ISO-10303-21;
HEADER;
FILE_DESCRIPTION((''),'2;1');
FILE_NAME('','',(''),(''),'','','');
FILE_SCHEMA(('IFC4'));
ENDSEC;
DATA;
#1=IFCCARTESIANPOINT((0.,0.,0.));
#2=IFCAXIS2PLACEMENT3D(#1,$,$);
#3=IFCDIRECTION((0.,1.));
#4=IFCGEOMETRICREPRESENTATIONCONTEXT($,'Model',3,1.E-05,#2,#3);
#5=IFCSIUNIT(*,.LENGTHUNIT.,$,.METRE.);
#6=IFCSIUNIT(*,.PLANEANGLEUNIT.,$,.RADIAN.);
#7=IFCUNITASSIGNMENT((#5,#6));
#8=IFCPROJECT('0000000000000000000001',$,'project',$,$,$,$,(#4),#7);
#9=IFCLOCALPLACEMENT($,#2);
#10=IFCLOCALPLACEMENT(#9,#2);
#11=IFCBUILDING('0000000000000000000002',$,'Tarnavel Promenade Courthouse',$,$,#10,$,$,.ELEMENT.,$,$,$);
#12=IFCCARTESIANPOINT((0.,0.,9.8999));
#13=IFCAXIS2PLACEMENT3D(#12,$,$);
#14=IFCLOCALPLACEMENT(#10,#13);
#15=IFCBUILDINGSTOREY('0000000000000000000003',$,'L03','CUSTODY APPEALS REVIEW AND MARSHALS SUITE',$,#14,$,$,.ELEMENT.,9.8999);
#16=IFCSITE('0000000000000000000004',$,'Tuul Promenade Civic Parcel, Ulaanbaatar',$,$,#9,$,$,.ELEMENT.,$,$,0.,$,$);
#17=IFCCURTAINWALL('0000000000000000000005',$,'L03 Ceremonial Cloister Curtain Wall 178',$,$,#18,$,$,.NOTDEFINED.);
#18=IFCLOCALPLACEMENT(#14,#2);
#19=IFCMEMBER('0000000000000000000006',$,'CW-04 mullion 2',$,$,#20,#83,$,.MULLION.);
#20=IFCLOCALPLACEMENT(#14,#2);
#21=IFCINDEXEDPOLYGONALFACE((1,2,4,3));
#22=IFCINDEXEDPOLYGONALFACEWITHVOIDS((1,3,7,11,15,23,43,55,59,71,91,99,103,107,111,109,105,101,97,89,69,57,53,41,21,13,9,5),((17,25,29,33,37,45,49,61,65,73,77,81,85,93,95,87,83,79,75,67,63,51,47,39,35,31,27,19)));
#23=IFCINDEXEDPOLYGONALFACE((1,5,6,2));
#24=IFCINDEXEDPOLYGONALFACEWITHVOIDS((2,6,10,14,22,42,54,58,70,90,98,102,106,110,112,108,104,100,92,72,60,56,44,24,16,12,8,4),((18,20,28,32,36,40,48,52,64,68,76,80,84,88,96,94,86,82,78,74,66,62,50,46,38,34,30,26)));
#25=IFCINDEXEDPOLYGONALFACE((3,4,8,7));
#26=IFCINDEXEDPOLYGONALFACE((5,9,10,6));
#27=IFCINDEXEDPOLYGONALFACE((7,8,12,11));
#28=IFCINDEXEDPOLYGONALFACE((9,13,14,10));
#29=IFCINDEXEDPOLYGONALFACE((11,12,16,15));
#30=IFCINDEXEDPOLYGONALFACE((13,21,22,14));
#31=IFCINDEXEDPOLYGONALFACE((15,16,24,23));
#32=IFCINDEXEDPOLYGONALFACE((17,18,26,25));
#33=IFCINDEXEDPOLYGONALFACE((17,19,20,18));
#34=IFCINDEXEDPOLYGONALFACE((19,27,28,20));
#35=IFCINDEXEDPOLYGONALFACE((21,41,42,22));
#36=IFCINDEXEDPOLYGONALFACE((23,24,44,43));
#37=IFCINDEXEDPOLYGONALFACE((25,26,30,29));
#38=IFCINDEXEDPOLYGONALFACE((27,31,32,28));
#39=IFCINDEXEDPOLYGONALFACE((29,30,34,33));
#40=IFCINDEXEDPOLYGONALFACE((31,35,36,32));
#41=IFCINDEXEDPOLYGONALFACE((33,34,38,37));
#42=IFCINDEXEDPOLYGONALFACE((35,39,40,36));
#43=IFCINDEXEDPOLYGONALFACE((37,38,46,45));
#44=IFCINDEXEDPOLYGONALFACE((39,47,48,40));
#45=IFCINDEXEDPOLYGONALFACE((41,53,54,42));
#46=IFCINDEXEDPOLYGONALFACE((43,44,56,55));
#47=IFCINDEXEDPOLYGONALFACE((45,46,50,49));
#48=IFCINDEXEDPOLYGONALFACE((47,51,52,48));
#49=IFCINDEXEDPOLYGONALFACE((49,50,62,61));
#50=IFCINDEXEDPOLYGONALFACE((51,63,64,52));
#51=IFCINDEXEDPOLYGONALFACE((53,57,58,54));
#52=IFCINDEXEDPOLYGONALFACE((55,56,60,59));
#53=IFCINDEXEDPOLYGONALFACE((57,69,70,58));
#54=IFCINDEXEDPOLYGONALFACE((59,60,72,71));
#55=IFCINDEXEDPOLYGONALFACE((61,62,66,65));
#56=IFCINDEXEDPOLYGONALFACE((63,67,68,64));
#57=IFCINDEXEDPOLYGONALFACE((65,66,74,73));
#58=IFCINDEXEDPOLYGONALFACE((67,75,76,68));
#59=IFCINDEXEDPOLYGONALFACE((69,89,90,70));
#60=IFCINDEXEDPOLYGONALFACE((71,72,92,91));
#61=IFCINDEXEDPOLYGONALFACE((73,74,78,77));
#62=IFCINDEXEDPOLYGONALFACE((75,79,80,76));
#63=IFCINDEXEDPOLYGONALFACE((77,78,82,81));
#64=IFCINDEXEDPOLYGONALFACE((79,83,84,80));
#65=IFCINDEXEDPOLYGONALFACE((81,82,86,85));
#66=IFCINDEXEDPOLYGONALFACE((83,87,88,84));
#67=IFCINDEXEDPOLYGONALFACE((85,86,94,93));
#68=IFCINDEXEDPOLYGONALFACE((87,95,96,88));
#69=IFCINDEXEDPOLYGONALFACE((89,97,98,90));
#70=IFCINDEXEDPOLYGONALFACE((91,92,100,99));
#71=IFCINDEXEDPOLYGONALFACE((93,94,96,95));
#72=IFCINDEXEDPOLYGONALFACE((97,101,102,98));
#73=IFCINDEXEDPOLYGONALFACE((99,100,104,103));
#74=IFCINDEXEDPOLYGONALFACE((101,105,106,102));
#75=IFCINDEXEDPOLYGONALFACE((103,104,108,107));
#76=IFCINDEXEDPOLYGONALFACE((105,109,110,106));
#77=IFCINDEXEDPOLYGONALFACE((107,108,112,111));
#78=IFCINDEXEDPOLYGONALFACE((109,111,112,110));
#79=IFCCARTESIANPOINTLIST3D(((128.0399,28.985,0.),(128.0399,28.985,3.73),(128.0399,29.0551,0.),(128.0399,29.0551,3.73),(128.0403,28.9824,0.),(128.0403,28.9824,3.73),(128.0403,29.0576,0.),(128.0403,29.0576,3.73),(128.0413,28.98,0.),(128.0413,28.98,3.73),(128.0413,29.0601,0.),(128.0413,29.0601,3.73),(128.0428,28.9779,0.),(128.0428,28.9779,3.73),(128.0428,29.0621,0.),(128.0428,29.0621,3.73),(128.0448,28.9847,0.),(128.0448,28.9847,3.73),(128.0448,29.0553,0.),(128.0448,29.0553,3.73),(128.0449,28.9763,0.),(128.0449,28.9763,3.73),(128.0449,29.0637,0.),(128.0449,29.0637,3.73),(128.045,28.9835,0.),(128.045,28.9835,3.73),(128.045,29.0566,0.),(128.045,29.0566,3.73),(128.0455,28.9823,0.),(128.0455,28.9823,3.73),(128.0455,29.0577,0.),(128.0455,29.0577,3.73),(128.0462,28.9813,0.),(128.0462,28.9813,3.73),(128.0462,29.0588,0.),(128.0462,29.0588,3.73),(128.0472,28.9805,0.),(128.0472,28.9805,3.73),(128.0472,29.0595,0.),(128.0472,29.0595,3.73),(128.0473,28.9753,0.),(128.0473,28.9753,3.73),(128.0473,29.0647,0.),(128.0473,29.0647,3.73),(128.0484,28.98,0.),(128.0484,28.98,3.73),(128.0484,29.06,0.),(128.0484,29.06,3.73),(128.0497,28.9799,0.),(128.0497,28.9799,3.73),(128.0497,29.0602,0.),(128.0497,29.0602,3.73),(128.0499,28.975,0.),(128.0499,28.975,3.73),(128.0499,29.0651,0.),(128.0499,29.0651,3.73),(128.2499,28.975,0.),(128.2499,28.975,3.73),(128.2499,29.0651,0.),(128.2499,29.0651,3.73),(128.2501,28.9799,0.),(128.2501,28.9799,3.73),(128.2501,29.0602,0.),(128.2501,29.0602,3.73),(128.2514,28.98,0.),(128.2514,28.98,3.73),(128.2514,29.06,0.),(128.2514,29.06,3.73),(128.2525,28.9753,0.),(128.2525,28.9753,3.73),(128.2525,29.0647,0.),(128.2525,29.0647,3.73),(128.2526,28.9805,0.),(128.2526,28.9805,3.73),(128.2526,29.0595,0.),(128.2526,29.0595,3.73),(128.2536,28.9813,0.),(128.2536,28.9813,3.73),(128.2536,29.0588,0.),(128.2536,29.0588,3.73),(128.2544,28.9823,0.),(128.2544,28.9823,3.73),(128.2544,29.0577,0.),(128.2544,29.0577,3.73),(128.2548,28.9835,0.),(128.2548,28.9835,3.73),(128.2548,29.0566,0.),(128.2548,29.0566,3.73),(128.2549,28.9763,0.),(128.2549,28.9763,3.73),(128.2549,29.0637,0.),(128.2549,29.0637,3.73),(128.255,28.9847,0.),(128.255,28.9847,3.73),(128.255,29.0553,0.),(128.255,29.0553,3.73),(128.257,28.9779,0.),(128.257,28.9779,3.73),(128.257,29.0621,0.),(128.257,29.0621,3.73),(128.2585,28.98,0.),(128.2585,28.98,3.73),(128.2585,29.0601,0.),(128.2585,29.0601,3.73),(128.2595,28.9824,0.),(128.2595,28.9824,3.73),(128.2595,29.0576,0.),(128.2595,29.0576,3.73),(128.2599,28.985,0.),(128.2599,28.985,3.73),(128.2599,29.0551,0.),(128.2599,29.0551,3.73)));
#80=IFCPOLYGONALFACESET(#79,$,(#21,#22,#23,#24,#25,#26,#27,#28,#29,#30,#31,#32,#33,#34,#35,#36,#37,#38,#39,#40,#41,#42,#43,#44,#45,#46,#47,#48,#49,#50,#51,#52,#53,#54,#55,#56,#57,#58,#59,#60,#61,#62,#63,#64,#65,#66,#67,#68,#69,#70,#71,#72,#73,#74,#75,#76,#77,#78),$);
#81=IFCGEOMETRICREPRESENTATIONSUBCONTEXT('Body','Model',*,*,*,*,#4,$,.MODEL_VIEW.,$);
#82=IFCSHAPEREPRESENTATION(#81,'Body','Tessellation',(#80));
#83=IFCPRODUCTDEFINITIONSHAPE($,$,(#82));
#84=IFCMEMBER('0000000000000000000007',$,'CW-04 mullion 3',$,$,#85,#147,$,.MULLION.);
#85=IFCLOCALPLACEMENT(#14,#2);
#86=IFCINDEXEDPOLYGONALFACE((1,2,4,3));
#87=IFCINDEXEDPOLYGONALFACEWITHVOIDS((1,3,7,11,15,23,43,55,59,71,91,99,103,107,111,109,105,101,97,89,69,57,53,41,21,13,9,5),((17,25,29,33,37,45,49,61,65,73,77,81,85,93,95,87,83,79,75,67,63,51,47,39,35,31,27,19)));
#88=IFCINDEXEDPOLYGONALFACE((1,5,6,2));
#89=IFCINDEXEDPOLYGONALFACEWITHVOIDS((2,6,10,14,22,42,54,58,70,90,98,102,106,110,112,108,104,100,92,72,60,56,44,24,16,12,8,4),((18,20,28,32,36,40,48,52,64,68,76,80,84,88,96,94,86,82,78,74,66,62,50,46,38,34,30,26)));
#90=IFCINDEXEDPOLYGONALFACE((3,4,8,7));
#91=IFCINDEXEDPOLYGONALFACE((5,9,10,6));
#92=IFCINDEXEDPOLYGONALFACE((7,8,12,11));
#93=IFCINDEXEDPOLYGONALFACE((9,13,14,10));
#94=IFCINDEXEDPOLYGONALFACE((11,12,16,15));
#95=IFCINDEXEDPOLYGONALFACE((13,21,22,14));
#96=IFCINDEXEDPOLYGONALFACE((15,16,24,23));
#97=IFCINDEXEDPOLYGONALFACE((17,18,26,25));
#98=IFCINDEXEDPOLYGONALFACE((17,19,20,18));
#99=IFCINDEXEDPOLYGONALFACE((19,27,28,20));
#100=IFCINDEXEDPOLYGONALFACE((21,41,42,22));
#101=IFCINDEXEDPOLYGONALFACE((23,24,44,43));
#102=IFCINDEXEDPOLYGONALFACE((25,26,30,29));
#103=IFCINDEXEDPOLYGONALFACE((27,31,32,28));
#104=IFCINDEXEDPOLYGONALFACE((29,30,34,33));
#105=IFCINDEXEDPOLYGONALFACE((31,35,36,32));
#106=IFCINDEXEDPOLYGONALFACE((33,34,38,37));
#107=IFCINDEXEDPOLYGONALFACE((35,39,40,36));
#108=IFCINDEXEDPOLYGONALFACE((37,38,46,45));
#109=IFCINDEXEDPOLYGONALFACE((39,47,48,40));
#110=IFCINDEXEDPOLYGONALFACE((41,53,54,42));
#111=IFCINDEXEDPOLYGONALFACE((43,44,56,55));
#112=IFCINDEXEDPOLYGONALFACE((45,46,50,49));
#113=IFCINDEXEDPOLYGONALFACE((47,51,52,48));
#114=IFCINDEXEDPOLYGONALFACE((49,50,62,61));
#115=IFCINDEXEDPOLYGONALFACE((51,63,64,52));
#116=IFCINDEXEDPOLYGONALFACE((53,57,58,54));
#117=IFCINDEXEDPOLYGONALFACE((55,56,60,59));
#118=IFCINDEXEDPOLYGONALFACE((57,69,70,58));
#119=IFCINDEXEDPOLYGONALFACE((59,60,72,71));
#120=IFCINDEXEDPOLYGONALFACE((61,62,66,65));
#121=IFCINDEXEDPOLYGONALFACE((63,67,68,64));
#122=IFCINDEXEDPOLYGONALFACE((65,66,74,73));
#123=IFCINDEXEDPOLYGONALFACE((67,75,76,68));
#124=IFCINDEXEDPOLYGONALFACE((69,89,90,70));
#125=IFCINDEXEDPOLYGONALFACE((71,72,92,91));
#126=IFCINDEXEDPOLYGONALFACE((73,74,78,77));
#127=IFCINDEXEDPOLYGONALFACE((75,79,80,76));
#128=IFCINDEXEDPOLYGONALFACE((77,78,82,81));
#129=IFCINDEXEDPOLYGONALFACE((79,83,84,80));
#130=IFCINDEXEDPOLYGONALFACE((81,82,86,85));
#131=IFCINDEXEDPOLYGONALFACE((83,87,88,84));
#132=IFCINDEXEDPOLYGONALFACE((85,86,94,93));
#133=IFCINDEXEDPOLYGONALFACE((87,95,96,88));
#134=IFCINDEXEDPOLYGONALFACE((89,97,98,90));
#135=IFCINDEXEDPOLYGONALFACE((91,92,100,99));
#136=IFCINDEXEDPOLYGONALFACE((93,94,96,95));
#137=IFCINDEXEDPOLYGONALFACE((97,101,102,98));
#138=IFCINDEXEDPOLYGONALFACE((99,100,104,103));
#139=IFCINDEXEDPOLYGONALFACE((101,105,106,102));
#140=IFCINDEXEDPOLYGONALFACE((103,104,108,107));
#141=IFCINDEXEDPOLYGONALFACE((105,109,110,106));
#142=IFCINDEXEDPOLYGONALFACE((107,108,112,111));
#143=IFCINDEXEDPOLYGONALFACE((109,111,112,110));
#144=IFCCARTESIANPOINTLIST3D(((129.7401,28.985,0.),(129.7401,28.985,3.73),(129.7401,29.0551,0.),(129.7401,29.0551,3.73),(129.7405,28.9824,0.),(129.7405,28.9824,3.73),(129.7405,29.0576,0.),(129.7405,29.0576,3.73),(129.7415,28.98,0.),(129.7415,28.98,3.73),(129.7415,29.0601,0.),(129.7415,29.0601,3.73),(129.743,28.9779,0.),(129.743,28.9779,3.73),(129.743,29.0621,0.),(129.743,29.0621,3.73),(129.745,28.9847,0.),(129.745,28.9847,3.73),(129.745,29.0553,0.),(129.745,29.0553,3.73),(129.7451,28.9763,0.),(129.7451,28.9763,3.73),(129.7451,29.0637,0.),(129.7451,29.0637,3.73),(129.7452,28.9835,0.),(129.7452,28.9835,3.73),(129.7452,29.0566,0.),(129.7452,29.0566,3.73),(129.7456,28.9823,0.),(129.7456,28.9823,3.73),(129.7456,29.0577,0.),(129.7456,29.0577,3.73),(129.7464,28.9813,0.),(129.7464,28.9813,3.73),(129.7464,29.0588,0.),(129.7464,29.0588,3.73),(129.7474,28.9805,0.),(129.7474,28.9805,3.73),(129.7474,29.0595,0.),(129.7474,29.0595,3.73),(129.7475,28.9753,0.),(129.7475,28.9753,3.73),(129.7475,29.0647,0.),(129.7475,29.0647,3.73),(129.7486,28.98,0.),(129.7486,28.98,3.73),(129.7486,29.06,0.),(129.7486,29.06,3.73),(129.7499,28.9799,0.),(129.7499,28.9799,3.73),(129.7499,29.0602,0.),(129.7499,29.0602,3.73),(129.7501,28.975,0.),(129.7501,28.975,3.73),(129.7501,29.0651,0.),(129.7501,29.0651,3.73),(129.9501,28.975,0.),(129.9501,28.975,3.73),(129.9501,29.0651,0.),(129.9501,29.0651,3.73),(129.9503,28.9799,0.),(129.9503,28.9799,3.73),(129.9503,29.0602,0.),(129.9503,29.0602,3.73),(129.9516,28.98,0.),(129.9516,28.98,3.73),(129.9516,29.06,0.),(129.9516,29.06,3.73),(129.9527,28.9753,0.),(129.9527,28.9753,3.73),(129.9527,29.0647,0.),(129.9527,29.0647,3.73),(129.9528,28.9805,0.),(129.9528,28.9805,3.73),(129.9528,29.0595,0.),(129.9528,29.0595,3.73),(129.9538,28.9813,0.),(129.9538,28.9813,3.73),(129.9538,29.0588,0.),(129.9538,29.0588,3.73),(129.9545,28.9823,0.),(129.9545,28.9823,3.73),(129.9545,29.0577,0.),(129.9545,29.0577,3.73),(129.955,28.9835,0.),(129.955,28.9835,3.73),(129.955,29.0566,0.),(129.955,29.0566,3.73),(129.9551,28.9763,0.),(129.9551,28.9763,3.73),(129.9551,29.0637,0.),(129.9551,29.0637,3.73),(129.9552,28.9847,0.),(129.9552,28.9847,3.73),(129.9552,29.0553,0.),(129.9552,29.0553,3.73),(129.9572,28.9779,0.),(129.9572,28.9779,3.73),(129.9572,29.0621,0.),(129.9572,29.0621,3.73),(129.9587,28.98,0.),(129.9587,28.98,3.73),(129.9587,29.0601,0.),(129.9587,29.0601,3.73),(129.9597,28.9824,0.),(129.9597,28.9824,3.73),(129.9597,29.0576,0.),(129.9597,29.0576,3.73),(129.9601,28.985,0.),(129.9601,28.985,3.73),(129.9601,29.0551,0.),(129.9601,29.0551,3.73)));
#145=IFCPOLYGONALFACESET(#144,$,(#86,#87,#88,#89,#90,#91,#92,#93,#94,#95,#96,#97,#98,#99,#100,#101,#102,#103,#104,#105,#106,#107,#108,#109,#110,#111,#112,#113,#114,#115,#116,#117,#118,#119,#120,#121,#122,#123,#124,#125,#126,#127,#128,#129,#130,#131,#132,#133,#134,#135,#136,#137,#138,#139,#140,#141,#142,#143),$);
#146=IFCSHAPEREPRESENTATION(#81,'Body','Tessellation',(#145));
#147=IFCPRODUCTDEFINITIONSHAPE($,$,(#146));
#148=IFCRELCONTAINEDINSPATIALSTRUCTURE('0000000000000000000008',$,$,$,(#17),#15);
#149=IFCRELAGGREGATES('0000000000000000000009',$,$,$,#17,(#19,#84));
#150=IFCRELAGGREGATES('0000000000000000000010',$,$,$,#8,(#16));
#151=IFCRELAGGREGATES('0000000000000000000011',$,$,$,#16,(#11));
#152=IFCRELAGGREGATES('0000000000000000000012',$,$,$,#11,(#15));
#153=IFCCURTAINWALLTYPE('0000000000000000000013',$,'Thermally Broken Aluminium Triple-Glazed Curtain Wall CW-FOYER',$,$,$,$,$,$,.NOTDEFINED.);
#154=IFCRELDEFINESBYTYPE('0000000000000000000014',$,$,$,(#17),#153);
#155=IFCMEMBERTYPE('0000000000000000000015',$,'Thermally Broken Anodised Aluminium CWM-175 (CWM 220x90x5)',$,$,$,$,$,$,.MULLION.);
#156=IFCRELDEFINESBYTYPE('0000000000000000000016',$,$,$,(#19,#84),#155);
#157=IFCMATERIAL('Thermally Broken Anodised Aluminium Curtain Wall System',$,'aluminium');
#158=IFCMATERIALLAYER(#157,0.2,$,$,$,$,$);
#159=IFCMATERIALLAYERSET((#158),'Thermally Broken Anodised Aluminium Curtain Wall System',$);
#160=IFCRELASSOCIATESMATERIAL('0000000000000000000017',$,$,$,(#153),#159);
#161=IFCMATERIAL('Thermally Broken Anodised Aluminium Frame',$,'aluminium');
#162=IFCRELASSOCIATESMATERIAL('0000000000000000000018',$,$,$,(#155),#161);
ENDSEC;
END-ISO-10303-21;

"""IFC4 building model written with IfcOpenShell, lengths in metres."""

from ifc_helpers import new_model, si_unit, direction, frame, origin, origin_2d, place, context, subcontext, project, spatial, hollow_rectangle, extrude, material, layer, layer_set, material_profile, profile_set, type_object, element, aggregate, save


model = new_model("IFC4")

# Units and contexts
model_context = context("Model", 3, precision=1e-05, world=origin(), true_north=direction((0.0, 1.0)))
body_context = subcontext(model_context, "Body", "Model", "MODEL_VIEW")
ifc_project = project(units=[si_unit("LENGTHUNIT", "METRE"), si_unit("PLANEANGLEUNIT", "RADIAN")], contexts=[model_context])

# Site, building, storey
site_placement = place(None, origin())
site = spatial("IfcSite", under=ifc_project, at=site_placement, Name="Tuul Promenade Civic Parcel, Ulaanbaatar", CompositionType="ELEMENT", RefElevation=0.0)
building_placement = place(site_placement, origin())
building = spatial("IfcBuilding", under=site, at=building_placement, Name="Tarnavel Promenade Courthouse", CompositionType="ELEMENT")
storey_placement = place(building_placement, frame((0.0, 0.0, 9.8999)))
storey = spatial("IfcBuildingStorey", under=building, at=storey_placement, Name="L03", Description="CUSTODY APPEALS REVIEW AND MARSHALS SUITE", CompositionType="ELEMENT", Elevation=9.8999)

# Shared definitions
ifc_material_1 = material(Name="Thermally Broken Anodised Aluminium Curtain Wall System", Category="aluminium")
ifc_layer_1 = layer(ifc_material_1, 0.2)
ifc_layer_set_1 = layer_set([ifc_layer_1], Name="Thermally Broken Anodised Aluminium Curtain Wall System")
curtain_wall_type = type_object("IfcCurtainWallType", Name="Thermally Broken Aluminium Triple-Glazed Curtain Wall CW-FOYER", PredefinedType="NOTDEFINED", material=ifc_layer_set_1)
ifc_material_2 = material(Name="Thermally Broken Anodised Aluminium Frame", Category="aluminium")
ifc_material_profile_1 = material_profile(ifc_material_2, hollow_rectangle(XDim=0.0901, YDim=0.22, WallThickness=0.0049, InnerFilletRadius=0.0049, OuterFilletRadius=0.01, at=origin_2d()), Name="CWM 220x90x5")
ifc_profile_set_1 = profile_set([ifc_material_profile_1], Name="Thermally Broken Anodised Aluminium Frame")
member_type_1 = type_object("IfcMemberType", Name="Thermally Broken Anodised Aluminium CWM-175 (CWM 220x90x5)", PredefinedType="MULLION", material=ifc_profile_set_1)

# Curtain wall, members
curtain_wall_1_placement = place(storey_placement, origin())
curtain_wall_1 = element("IfcCurtainWall", 1, at=curtain_wall_1_placement, inside=storey, type_object=curtain_wall_type, Name="L03 Ceremonial Cloister Curtain Wall 178", PredefinedType="NOTDEFINED")
member_1_placement = place(storey_placement, frame((128.1499, 29.02, 0.0), z_axis=(0.0, 0.0, 1.0), x_axis=(0.0, 1.0, 0.0)))
member_1 = element("IfcMember", 2, at=member_1_placement, type_object=member_type_1, Name="CW-04 mullion 2", PredefinedType="MULLION", context=body_context, shape_type="SweptSolid", body=[
    extrude(hollow_rectangle(XDim=0.0901, YDim=0.22, WallThickness=0.0049, InnerFilletRadius=0.0049, OuterFilletRadius=0.01, at=origin_2d()), origin(), (0.0, 0.0, 1.0), 3.73),
])
member_2_placement = place(storey_placement, frame((129.8501, 29.02, 0.0), z_axis=(0.0, 0.0, 1.0), x_axis=(0.0, 1.0, 0.0)))
member_2 = element("IfcMember", 3, at=member_2_placement, type_object=member_type_1, Name="CW-04 mullion 3", PredefinedType="MULLION", context=body_context, shape_type="SweptSolid", body=[
    extrude(hollow_rectangle(XDim=0.0901, YDim=0.22, WallThickness=0.0049, InnerFilletRadius=0.0049, OuterFilletRadius=0.01, at=origin_2d()), origin(), (0.0, 0.0, 1.0), 3.73),
])

aggregate(curtain_wall_1, [member_1, member_2])

save(model, "model.ifc")
